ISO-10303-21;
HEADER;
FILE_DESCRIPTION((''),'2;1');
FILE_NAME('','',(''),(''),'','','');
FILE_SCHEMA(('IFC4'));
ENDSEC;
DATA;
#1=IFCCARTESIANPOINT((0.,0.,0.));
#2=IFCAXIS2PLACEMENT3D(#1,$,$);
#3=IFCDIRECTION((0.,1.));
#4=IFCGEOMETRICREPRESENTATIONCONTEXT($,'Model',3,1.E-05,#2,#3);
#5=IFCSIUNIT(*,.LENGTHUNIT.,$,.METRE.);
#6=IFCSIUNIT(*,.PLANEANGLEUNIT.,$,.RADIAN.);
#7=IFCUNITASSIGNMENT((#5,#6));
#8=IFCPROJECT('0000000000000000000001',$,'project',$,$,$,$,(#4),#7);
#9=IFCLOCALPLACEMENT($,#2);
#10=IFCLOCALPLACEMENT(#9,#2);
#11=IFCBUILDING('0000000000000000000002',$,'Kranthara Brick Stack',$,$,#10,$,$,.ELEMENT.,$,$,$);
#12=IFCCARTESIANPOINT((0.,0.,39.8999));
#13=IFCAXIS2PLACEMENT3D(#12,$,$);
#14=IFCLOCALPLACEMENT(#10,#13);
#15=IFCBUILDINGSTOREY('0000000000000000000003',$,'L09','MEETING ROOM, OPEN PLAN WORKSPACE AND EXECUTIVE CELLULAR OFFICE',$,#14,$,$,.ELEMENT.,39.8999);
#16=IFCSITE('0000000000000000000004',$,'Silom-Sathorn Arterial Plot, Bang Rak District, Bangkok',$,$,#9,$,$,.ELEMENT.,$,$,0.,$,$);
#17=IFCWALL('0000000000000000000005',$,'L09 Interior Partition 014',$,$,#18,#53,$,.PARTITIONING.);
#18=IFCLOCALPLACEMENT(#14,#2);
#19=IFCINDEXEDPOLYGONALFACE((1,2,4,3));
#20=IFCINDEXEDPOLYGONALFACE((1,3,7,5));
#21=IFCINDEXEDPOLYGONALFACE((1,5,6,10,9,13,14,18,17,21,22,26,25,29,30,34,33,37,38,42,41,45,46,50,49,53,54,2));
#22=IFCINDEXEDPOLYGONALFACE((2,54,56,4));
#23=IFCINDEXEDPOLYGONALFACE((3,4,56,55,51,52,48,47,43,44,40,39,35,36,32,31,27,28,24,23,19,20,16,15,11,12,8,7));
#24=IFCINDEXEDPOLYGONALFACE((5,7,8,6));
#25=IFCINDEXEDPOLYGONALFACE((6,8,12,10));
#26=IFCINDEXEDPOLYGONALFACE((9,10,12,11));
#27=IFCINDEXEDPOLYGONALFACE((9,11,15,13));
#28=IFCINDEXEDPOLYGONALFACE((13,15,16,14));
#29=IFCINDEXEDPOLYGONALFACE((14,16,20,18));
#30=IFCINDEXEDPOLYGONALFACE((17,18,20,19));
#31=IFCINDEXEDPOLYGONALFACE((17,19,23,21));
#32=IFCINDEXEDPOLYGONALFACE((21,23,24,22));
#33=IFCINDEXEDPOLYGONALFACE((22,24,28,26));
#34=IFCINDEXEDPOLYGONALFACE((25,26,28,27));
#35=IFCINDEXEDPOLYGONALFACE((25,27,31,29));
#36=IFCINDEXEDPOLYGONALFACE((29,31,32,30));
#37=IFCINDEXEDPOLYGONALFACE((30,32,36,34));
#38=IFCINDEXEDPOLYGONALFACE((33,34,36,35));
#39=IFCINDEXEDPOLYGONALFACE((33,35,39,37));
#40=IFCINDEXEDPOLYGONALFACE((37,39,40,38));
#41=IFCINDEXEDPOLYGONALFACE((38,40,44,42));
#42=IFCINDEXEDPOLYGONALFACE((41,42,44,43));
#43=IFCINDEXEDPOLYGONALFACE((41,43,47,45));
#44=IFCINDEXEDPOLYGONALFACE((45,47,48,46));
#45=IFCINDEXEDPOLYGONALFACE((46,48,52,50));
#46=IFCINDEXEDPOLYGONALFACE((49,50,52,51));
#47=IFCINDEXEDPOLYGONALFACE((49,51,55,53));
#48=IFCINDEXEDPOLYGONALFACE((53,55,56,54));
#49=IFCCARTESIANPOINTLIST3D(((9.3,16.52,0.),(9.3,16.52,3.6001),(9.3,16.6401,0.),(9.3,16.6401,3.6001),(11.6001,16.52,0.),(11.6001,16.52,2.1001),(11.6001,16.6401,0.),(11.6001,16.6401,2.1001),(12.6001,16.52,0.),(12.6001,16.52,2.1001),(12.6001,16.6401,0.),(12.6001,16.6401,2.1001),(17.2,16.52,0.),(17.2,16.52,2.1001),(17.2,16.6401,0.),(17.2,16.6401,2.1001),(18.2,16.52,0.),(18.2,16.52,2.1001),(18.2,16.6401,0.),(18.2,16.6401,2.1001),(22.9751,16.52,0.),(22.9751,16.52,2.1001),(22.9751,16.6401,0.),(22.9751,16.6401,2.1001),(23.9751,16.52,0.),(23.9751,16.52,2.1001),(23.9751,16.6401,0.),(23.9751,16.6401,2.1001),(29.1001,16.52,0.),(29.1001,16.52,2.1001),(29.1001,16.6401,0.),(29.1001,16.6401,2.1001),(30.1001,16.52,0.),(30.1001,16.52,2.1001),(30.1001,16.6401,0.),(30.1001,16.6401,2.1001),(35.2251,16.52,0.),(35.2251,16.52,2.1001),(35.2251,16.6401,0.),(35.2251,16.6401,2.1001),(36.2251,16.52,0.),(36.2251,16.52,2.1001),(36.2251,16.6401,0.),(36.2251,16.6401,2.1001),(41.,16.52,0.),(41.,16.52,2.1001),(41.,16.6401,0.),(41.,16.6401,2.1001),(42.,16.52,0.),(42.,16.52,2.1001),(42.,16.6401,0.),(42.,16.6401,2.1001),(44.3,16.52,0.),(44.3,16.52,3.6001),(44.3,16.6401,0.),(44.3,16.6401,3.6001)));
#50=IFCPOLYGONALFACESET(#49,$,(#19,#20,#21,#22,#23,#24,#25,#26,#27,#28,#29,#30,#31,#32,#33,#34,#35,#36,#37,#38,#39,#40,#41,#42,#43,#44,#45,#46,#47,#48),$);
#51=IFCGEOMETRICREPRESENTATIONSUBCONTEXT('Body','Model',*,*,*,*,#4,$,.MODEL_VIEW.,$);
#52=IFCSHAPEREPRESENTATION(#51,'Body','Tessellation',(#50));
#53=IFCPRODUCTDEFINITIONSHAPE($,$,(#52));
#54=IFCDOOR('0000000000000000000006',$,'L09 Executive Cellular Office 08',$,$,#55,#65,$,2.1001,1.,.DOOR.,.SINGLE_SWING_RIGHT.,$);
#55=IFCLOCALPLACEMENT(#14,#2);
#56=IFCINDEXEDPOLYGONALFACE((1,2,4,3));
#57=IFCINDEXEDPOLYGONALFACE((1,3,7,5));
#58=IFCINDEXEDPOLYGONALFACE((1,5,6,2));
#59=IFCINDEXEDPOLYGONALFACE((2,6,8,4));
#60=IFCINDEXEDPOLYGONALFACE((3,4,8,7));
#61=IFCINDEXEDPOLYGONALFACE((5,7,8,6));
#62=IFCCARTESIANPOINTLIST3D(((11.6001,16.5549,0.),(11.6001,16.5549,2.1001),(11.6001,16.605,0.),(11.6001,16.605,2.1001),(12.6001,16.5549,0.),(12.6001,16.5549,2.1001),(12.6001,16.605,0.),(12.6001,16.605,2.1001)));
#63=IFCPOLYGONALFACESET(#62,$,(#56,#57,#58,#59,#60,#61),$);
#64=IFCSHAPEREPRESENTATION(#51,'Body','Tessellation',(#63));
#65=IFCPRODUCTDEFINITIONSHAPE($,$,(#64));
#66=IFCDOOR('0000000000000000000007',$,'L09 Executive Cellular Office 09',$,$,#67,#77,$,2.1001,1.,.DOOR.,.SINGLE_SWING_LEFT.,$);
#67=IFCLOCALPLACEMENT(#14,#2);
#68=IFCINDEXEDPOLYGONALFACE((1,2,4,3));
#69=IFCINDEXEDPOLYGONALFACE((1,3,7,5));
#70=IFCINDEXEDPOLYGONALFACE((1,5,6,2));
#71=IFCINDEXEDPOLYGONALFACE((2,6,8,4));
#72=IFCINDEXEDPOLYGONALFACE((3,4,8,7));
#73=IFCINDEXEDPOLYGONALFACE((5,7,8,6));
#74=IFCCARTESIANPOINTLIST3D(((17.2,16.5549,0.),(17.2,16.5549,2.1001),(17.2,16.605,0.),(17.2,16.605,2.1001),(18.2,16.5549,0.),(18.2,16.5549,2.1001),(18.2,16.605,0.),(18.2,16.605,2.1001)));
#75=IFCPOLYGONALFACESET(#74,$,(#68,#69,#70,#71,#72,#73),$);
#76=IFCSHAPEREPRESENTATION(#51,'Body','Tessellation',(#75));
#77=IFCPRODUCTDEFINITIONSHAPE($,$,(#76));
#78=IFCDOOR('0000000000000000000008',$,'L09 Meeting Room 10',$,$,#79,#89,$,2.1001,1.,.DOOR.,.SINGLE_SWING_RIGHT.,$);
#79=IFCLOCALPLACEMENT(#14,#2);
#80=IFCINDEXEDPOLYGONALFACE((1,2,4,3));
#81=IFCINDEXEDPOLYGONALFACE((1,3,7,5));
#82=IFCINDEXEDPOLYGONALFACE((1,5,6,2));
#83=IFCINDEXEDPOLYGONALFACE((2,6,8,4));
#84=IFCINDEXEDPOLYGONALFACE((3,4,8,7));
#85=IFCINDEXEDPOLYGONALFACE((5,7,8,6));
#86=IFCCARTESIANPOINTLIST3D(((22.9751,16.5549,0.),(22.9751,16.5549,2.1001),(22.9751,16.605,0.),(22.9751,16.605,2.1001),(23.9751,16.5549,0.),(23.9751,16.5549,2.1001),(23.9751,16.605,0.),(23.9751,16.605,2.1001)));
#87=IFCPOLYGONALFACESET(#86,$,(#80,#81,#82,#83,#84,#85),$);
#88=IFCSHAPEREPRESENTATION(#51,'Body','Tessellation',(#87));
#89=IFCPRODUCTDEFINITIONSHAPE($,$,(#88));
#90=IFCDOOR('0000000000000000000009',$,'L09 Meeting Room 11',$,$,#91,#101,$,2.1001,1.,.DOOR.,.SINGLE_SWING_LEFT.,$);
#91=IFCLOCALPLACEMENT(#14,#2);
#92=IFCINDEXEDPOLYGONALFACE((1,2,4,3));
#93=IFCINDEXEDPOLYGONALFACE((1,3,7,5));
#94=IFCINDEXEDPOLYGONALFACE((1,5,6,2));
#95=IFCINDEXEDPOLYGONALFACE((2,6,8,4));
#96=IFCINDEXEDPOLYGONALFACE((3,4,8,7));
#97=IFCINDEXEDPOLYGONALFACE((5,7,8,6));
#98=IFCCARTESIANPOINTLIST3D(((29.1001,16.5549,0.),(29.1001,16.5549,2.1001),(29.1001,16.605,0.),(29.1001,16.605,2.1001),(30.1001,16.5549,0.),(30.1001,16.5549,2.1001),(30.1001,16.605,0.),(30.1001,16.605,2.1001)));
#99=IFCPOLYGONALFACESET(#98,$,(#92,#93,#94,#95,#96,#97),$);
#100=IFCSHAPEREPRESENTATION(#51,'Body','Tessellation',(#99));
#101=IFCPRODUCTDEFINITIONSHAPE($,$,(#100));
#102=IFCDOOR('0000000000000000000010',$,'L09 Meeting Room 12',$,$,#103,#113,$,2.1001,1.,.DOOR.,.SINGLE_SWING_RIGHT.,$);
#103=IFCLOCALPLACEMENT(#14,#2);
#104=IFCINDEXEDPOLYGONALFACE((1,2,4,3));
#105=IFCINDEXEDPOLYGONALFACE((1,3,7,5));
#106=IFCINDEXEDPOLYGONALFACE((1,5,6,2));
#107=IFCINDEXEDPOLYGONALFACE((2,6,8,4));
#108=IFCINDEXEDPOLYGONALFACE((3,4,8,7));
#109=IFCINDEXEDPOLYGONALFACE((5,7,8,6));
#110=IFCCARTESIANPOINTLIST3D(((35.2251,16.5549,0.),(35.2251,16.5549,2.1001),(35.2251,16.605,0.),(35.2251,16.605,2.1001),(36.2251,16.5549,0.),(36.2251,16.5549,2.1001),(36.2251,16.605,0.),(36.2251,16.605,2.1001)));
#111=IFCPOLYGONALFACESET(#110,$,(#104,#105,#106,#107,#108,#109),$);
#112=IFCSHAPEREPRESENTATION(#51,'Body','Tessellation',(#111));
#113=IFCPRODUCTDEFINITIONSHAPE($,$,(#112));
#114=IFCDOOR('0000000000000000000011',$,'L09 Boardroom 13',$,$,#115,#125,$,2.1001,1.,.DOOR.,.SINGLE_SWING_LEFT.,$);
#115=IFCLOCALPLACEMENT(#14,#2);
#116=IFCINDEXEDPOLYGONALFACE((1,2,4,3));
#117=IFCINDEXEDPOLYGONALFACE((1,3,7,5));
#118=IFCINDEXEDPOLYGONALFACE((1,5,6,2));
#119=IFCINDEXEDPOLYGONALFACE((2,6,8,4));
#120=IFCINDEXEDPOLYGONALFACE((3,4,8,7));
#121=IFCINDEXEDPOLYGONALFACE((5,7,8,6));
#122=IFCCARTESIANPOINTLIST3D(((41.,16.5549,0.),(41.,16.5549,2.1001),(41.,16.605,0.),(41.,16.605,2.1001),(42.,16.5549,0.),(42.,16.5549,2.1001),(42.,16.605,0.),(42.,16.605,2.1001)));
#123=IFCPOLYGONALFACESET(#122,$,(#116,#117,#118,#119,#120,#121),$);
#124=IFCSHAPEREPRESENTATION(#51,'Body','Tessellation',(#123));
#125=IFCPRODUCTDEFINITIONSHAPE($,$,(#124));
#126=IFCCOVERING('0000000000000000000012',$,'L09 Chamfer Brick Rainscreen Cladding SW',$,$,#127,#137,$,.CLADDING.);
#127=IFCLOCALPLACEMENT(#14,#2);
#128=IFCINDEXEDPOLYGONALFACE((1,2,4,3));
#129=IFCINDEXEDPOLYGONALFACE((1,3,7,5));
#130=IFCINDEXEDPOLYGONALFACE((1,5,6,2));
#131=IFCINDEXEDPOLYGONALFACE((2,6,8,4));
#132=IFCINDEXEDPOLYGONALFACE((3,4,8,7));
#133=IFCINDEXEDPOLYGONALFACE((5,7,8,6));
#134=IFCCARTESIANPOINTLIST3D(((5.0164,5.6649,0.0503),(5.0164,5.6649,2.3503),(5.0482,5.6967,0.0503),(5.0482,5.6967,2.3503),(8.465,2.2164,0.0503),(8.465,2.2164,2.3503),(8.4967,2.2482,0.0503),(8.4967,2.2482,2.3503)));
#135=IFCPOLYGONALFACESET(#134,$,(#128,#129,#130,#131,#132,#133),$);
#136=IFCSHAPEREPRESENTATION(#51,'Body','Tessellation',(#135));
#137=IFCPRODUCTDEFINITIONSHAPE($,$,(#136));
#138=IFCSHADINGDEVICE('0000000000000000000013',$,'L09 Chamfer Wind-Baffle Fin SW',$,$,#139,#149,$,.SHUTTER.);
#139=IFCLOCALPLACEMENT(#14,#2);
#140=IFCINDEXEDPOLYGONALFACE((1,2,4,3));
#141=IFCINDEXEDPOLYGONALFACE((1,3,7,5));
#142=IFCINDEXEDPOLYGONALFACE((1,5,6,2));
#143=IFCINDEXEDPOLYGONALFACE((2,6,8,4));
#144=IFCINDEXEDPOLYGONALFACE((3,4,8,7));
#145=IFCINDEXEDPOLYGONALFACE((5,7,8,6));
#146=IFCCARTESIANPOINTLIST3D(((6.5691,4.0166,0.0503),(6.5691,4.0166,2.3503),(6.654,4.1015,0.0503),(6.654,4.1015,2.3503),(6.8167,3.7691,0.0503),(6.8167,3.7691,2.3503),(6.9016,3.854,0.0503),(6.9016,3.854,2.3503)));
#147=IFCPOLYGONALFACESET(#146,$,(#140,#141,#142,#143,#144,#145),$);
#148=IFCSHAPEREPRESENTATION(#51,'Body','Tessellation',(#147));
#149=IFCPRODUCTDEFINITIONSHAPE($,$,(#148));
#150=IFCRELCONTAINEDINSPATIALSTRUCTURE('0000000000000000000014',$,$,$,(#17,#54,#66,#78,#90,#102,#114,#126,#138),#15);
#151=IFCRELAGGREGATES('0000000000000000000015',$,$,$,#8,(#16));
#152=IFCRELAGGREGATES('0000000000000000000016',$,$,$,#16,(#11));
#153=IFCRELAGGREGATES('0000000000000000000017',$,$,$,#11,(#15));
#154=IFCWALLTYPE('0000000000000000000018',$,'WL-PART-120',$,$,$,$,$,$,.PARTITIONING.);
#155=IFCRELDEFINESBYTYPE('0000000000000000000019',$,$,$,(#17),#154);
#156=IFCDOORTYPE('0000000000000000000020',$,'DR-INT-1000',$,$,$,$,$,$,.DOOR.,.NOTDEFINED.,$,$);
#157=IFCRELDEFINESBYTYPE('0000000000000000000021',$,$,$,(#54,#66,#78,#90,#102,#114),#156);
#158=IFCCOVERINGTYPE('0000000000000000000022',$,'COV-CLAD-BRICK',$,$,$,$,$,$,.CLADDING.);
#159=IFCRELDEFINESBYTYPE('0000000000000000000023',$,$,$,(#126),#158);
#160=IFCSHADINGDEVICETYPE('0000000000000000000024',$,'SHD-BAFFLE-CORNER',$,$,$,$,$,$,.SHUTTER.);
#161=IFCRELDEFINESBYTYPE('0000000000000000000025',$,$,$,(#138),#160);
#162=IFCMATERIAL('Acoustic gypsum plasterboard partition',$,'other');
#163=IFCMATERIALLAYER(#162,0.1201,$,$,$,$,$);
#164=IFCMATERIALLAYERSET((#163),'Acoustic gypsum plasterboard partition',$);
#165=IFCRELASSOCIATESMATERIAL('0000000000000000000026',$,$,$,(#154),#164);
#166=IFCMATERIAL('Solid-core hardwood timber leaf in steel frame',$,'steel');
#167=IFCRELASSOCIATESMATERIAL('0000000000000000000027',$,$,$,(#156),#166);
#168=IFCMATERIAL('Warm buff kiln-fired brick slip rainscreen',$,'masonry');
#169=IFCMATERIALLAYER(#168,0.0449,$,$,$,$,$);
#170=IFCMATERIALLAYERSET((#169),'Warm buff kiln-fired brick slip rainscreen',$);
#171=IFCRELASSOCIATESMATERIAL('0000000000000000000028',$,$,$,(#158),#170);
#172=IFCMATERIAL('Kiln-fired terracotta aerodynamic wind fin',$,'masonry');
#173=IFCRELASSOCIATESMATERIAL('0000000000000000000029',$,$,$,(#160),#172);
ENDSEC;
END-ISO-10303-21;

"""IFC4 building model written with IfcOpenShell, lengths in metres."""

from ifc_helpers import new_model, si_unit, direction, frame, frame_2d, origin, origin_2d, place, context, subcontext, project, spatial, rectangle, extrude, material, layer, layer_set, type_object, element, fill, save


model = new_model("IFC4")

# Units and contexts
model_context = context("Model", 3, precision=1e-05, world=origin(), true_north=direction((0.0, 1.0)))
body_context = subcontext(model_context, "Body", "Model", "MODEL_VIEW")
ifc_project = project(units=[si_unit("LENGTHUNIT", "METRE"), si_unit("PLANEANGLEUNIT", "RADIAN")], contexts=[model_context])

# Site, building, storey
site_placement = place(None, origin())
site = spatial("IfcSite", under=ifc_project, at=site_placement, Name="Silom-Sathorn Arterial Plot, Bang Rak District, Bangkok", CompositionType="ELEMENT", RefElevation=0.0)
building_placement = place(site_placement, origin())
building = spatial("IfcBuilding", under=site, at=building_placement, Name="Kranthara Brick Stack", CompositionType="ELEMENT")
storey_placement = place(building_placement, frame((0.0, 0.0, 39.8999)))
storey = spatial("IfcBuildingStorey", under=building, at=storey_placement, Name="L09", Description="MEETING ROOM, OPEN PLAN WORKSPACE AND EXECUTIVE CELLULAR OFFICE", CompositionType="ELEMENT", Elevation=39.8999)

# Wall, openings, doors
ifc_material_1 = material(Name="Acoustic gypsum plasterboard partition", Category="other")
ifc_layer_1 = layer(ifc_material_1, 0.1201)
ifc_layer_set_1 = layer_set([ifc_layer_1], Name="Acoustic gypsum plasterboard partition")
wall_type_1 = type_object("IfcWallType", Name="WL-PART-120", PredefinedType="PARTITIONING", material=ifc_layer_set_1)
wall_1_placement = place(storey_placement, frame((9.3, 16.5801, 0.0), z_axis=(0.0, 0.0, 1.0), x_axis=(1.0, 0.0, 0.0)))
wall_1 = element("IfcWall", 1, at=wall_1_placement, inside=storey, type_object=wall_type_1, Name="L09 Interior Partition 014", PredefinedType="PARTITIONING", context=body_context, shape_type="SweptSolid", body=[
    extrude(rectangle(XDim=35.0, YDim=0.1201, at=frame_2d((17.5, 0.0))), origin(), (0.0, 0.0, 1.0), 3.6001),
])
opening_1_placement = place(wall_1_placement, frame((2.3, 0.0, 0.0)))
opening_1 = element("IfcOpeningElement", 2, at=opening_1_placement, cuts=wall_1, PredefinedType="OPENING", context=body_context, shape_type="SweptSolid", body=[
    extrude(rectangle(XDim=1.0, YDim=2.1001, at=frame_2d((0.5, 1.05))), frame((0.0, 0.0701, 0.0), z_axis=(0.0, -1.0, 0.0), x_axis=(1.0, 0.0, 0.0)), (0.0, 0.0, 1.0), 0.1401),
])
opening_2_placement = place(wall_1_placement, frame((7.8999, 0.0, 0.0)))
opening_2 = element("IfcOpeningElement", 3, at=opening_2_placement, cuts=wall_1, PredefinedType="OPENING", context=body_context, shape_type="SweptSolid", body=[
    extrude(rectangle(XDim=1.0, YDim=2.1001, at=frame_2d((0.5, 1.05))), frame((0.0, 0.0701, 0.0), z_axis=(0.0, -1.0, 0.0), x_axis=(1.0, 0.0, 0.0)), (0.0, 0.0, 1.0), 0.1401),
])
opening_3_placement = place(wall_1_placement, frame((13.675, 0.0, 0.0)))
opening_3 = element("IfcOpeningElement", 4, at=opening_3_placement, cuts=wall_1, PredefinedType="OPENING", context=body_context, shape_type="SweptSolid", body=[
    extrude(rectangle(XDim=1.0, YDim=2.1001, at=frame_2d((0.5, 1.05))), frame((0.0, 0.0701, 0.0), z_axis=(0.0, -1.0, 0.0), x_axis=(1.0, 0.0, 0.0)), (0.0, 0.0, 1.0), 0.1401),
])
opening_4_placement = place(wall_1_placement, frame((19.8, 0.0, 0.0)))
opening_4 = element("IfcOpeningElement", 5, at=opening_4_placement, cuts=wall_1, PredefinedType="OPENING", context=body_context, shape_type="SweptSolid", body=[
    extrude(rectangle(XDim=1.0, YDim=2.1001, at=frame_2d((0.5, 1.05))), frame((0.0, 0.0701, 0.0), z_axis=(0.0, -1.0, 0.0), x_axis=(1.0, 0.0, 0.0)), (0.0, 0.0, 1.0), 0.1401),
])
opening_5_placement = place(wall_1_placement, frame((25.925, 0.0, 0.0)))
opening_5 = element("IfcOpeningElement", 6, at=opening_5_placement, cuts=wall_1, PredefinedType="OPENING", context=body_context, shape_type="SweptSolid", body=[
    extrude(rectangle(XDim=1.0, YDim=2.1001, at=frame_2d((0.5, 1.05))), frame((0.0, 0.0701, 0.0), z_axis=(0.0, -1.0, 0.0), x_axis=(1.0, 0.0, 0.0)), (0.0, 0.0, 1.0), 0.1401),
])
opening_6_placement = place(wall_1_placement, frame((31.7, 0.0, 0.0)))
opening_6 = element("IfcOpeningElement", 7, at=opening_6_placement, cuts=wall_1, PredefinedType="OPENING", context=body_context, shape_type="SweptSolid", body=[
    extrude(rectangle(XDim=1.0, YDim=2.1001, at=frame_2d((0.5, 1.05))), frame((0.0, 0.0701, 0.0), z_axis=(0.0, -1.0, 0.0), x_axis=(1.0, 0.0, 0.0)), (0.0, 0.0, 1.0), 0.1401),
])
ifc_material_2 = material(Name="Solid-core hardwood timber leaf in steel frame", Category="steel")
door_type = type_object("IfcDoorType", Name="DR-INT-1000", OperationType="NOTDEFINED", PredefinedType="DOOR", material=ifc_material_2)
door_1_placement = place(opening_1_placement, origin())
door_1 = element("IfcDoor", 8, at=door_1_placement, inside=storey, type_object=door_type, Name="L09 Executive Cellular Office 08", OperationType="SINGLE_SWING_RIGHT", OverallHeight=2.1001, OverallWidth=1.0, PredefinedType="DOOR", context=body_context, shape_type="SweptSolid", body=[
    extrude(rectangle(XDim=1.0, YDim=2.1001, at=frame_2d((0.5, 1.05))), frame((0.0, 0.0249, 0.0), z_axis=(0.0, -1.0, 0.0), x_axis=(1.0, 0.0, 0.0)), (0.0, 0.0, 1.0), 0.05),
])
fill(opening_1, door_1)
door_2_placement = place(opening_2_placement, origin())
door_2 = element("IfcDoor", 9, at=door_2_placement, inside=storey, type_object=door_type, Name="L09 Executive Cellular Office 09", OperationType="SINGLE_SWING_LEFT", OverallHeight=2.1001, OverallWidth=1.0, PredefinedType="DOOR", context=body_context, shape_type="SweptSolid", body=[
    extrude(rectangle(XDim=1.0, YDim=2.1001, at=frame_2d((0.5, 1.05))), frame((0.0, 0.0249, 0.0), z_axis=(0.0, -1.0, 0.0), x_axis=(1.0, 0.0, 0.0)), (0.0, 0.0, 1.0), 0.05),
])
fill(opening_2, door_2)
door_3_placement = place(opening_3_placement, origin())
door_3 = element("IfcDoor", 10, at=door_3_placement, inside=storey, type_object=door_type, Name="L09 Meeting Room 10", OperationType="SINGLE_SWING_RIGHT", OverallHeight=2.1001, OverallWidth=1.0, PredefinedType="DOOR", context=body_context, shape_type="SweptSolid", body=[
    extrude(rectangle(XDim=1.0, YDim=2.1001, at=frame_2d((0.5, 1.05))), frame((0.0, 0.0249, 0.0), z_axis=(0.0, -1.0, 0.0), x_axis=(1.0, 0.0, 0.0)), (0.0, 0.0, 1.0), 0.05),
])
fill(opening_3, door_3)
door_4_placement = place(opening_4_placement, origin())
door_4 = element("IfcDoor", 11, at=door_4_placement, inside=storey, type_object=door_type, Name="L09 Meeting Room 11", OperationType="SINGLE_SWING_LEFT", OverallHeight=2.1001, OverallWidth=1.0, PredefinedType="DOOR", context=body_context, shape_type="SweptSolid", body=[
    extrude(rectangle(XDim=1.0, YDim=2.1001, at=frame_2d((0.5, 1.05))), frame((0.0, 0.0249, 0.0), z_axis=(0.0, -1.0, 0.0), x_axis=(1.0, 0.0, 0.0)), (0.0, 0.0, 1.0), 0.05),
])
fill(opening_4, door_4)
door_5_placement = place(opening_5_placement, origin())
door_5 = element("IfcDoor", 12, at=door_5_placement, inside=storey, type_object=door_type, Name="L09 Meeting Room 12", OperationType="SINGLE_SWING_RIGHT", OverallHeight=2.1001, OverallWidth=1.0, PredefinedType="DOOR", context=body_context, shape_type="SweptSolid", body=[
    extrude(rectangle(XDim=1.0, YDim=2.1001, at=frame_2d((0.5, 1.05))), frame((0.0, 0.0249, 0.0), z_axis=(0.0, -1.0, 0.0), x_axis=(1.0, 0.0, 0.0)), (0.0, 0.0, 1.0), 0.05),
])
fill(opening_5, door_5)
door_6_placement = place(opening_6_placement, origin())
door_6 = element("IfcDoor", 13, at=door_6_placement, inside=storey, type_object=door_type, Name="L09 Boardroom 13", OperationType="SINGLE_SWING_LEFT", OverallHeight=2.1001, OverallWidth=1.0, PredefinedType="DOOR", context=body_context, shape_type="SweptSolid", body=[
    extrude(rectangle(XDim=1.0, YDim=2.1001, at=frame_2d((0.5, 1.05))), frame((0.0, 0.0249, 0.0), z_axis=(0.0, -1.0, 0.0), x_axis=(1.0, 0.0, 0.0)), (0.0, 0.0, 1.0), 0.05),
])
fill(opening_6, door_6)

# Covering
ifc_material_3 = material(Name="Warm buff kiln-fired brick slip rainscreen", Category="masonry")
ifc_layer_2 = layer(ifc_material_3, 0.0449)
ifc_layer_set_2 = layer_set([ifc_layer_2], Name="Warm buff kiln-fired brick slip rainscreen")
covering_type = type_object("IfcCoveringType", Name="COV-CLAD-BRICK", PredefinedType="CLADDING", material=ifc_layer_set_2)
covering_placement = place(storey_placement, frame((6.7566, 3.9565, 0.0503), z_axis=(0.0, 0.0, 1.0), x_axis=(-0.707107, 0.707107, 0.0)))
element("IfcCovering", 14, at=covering_placement, inside=storey, type_object=covering_type, Name="L09 Chamfer Brick Rainscreen Cladding SW", PredefinedType="CLADDING", context=body_context, shape_type="SweptSolid", body=[
    extrude(rectangle(XDim=4.877, YDim=0.0449, at=origin_2d()), origin(), (0.0, 0.0, 1.0), 2.3),
])

# Shading device
ifc_material_4 = material(Name="Kiln-fired terracotta aerodynamic wind fin", Category="masonry")
shading_device_type = type_object("IfcShadingDeviceType", Name="SHD-BAFFLE-CORNER", PredefinedType="SHUTTER", material=ifc_material_4)
shading_device_placement = place(storey_placement, frame((6.7354, 3.9353, 0.0503), z_axis=(0.0, 0.0, 1.0), x_axis=(-0.707107, 0.707107, 0.0)))
element("IfcShadingDevice", 15, at=shading_device_placement, inside=storey, type_object=shading_device_type, Name="L09 Chamfer Wind-Baffle Fin SW", PredefinedType="SHUTTER", context=body_context, shape_type="SweptSolid", body=[
    extrude(rectangle(XDim=0.3501, YDim=0.1201, at=origin_2d()), origin(), (0.0, 0.0, 1.0), 2.3),
])

save(model, "model.ifc")
